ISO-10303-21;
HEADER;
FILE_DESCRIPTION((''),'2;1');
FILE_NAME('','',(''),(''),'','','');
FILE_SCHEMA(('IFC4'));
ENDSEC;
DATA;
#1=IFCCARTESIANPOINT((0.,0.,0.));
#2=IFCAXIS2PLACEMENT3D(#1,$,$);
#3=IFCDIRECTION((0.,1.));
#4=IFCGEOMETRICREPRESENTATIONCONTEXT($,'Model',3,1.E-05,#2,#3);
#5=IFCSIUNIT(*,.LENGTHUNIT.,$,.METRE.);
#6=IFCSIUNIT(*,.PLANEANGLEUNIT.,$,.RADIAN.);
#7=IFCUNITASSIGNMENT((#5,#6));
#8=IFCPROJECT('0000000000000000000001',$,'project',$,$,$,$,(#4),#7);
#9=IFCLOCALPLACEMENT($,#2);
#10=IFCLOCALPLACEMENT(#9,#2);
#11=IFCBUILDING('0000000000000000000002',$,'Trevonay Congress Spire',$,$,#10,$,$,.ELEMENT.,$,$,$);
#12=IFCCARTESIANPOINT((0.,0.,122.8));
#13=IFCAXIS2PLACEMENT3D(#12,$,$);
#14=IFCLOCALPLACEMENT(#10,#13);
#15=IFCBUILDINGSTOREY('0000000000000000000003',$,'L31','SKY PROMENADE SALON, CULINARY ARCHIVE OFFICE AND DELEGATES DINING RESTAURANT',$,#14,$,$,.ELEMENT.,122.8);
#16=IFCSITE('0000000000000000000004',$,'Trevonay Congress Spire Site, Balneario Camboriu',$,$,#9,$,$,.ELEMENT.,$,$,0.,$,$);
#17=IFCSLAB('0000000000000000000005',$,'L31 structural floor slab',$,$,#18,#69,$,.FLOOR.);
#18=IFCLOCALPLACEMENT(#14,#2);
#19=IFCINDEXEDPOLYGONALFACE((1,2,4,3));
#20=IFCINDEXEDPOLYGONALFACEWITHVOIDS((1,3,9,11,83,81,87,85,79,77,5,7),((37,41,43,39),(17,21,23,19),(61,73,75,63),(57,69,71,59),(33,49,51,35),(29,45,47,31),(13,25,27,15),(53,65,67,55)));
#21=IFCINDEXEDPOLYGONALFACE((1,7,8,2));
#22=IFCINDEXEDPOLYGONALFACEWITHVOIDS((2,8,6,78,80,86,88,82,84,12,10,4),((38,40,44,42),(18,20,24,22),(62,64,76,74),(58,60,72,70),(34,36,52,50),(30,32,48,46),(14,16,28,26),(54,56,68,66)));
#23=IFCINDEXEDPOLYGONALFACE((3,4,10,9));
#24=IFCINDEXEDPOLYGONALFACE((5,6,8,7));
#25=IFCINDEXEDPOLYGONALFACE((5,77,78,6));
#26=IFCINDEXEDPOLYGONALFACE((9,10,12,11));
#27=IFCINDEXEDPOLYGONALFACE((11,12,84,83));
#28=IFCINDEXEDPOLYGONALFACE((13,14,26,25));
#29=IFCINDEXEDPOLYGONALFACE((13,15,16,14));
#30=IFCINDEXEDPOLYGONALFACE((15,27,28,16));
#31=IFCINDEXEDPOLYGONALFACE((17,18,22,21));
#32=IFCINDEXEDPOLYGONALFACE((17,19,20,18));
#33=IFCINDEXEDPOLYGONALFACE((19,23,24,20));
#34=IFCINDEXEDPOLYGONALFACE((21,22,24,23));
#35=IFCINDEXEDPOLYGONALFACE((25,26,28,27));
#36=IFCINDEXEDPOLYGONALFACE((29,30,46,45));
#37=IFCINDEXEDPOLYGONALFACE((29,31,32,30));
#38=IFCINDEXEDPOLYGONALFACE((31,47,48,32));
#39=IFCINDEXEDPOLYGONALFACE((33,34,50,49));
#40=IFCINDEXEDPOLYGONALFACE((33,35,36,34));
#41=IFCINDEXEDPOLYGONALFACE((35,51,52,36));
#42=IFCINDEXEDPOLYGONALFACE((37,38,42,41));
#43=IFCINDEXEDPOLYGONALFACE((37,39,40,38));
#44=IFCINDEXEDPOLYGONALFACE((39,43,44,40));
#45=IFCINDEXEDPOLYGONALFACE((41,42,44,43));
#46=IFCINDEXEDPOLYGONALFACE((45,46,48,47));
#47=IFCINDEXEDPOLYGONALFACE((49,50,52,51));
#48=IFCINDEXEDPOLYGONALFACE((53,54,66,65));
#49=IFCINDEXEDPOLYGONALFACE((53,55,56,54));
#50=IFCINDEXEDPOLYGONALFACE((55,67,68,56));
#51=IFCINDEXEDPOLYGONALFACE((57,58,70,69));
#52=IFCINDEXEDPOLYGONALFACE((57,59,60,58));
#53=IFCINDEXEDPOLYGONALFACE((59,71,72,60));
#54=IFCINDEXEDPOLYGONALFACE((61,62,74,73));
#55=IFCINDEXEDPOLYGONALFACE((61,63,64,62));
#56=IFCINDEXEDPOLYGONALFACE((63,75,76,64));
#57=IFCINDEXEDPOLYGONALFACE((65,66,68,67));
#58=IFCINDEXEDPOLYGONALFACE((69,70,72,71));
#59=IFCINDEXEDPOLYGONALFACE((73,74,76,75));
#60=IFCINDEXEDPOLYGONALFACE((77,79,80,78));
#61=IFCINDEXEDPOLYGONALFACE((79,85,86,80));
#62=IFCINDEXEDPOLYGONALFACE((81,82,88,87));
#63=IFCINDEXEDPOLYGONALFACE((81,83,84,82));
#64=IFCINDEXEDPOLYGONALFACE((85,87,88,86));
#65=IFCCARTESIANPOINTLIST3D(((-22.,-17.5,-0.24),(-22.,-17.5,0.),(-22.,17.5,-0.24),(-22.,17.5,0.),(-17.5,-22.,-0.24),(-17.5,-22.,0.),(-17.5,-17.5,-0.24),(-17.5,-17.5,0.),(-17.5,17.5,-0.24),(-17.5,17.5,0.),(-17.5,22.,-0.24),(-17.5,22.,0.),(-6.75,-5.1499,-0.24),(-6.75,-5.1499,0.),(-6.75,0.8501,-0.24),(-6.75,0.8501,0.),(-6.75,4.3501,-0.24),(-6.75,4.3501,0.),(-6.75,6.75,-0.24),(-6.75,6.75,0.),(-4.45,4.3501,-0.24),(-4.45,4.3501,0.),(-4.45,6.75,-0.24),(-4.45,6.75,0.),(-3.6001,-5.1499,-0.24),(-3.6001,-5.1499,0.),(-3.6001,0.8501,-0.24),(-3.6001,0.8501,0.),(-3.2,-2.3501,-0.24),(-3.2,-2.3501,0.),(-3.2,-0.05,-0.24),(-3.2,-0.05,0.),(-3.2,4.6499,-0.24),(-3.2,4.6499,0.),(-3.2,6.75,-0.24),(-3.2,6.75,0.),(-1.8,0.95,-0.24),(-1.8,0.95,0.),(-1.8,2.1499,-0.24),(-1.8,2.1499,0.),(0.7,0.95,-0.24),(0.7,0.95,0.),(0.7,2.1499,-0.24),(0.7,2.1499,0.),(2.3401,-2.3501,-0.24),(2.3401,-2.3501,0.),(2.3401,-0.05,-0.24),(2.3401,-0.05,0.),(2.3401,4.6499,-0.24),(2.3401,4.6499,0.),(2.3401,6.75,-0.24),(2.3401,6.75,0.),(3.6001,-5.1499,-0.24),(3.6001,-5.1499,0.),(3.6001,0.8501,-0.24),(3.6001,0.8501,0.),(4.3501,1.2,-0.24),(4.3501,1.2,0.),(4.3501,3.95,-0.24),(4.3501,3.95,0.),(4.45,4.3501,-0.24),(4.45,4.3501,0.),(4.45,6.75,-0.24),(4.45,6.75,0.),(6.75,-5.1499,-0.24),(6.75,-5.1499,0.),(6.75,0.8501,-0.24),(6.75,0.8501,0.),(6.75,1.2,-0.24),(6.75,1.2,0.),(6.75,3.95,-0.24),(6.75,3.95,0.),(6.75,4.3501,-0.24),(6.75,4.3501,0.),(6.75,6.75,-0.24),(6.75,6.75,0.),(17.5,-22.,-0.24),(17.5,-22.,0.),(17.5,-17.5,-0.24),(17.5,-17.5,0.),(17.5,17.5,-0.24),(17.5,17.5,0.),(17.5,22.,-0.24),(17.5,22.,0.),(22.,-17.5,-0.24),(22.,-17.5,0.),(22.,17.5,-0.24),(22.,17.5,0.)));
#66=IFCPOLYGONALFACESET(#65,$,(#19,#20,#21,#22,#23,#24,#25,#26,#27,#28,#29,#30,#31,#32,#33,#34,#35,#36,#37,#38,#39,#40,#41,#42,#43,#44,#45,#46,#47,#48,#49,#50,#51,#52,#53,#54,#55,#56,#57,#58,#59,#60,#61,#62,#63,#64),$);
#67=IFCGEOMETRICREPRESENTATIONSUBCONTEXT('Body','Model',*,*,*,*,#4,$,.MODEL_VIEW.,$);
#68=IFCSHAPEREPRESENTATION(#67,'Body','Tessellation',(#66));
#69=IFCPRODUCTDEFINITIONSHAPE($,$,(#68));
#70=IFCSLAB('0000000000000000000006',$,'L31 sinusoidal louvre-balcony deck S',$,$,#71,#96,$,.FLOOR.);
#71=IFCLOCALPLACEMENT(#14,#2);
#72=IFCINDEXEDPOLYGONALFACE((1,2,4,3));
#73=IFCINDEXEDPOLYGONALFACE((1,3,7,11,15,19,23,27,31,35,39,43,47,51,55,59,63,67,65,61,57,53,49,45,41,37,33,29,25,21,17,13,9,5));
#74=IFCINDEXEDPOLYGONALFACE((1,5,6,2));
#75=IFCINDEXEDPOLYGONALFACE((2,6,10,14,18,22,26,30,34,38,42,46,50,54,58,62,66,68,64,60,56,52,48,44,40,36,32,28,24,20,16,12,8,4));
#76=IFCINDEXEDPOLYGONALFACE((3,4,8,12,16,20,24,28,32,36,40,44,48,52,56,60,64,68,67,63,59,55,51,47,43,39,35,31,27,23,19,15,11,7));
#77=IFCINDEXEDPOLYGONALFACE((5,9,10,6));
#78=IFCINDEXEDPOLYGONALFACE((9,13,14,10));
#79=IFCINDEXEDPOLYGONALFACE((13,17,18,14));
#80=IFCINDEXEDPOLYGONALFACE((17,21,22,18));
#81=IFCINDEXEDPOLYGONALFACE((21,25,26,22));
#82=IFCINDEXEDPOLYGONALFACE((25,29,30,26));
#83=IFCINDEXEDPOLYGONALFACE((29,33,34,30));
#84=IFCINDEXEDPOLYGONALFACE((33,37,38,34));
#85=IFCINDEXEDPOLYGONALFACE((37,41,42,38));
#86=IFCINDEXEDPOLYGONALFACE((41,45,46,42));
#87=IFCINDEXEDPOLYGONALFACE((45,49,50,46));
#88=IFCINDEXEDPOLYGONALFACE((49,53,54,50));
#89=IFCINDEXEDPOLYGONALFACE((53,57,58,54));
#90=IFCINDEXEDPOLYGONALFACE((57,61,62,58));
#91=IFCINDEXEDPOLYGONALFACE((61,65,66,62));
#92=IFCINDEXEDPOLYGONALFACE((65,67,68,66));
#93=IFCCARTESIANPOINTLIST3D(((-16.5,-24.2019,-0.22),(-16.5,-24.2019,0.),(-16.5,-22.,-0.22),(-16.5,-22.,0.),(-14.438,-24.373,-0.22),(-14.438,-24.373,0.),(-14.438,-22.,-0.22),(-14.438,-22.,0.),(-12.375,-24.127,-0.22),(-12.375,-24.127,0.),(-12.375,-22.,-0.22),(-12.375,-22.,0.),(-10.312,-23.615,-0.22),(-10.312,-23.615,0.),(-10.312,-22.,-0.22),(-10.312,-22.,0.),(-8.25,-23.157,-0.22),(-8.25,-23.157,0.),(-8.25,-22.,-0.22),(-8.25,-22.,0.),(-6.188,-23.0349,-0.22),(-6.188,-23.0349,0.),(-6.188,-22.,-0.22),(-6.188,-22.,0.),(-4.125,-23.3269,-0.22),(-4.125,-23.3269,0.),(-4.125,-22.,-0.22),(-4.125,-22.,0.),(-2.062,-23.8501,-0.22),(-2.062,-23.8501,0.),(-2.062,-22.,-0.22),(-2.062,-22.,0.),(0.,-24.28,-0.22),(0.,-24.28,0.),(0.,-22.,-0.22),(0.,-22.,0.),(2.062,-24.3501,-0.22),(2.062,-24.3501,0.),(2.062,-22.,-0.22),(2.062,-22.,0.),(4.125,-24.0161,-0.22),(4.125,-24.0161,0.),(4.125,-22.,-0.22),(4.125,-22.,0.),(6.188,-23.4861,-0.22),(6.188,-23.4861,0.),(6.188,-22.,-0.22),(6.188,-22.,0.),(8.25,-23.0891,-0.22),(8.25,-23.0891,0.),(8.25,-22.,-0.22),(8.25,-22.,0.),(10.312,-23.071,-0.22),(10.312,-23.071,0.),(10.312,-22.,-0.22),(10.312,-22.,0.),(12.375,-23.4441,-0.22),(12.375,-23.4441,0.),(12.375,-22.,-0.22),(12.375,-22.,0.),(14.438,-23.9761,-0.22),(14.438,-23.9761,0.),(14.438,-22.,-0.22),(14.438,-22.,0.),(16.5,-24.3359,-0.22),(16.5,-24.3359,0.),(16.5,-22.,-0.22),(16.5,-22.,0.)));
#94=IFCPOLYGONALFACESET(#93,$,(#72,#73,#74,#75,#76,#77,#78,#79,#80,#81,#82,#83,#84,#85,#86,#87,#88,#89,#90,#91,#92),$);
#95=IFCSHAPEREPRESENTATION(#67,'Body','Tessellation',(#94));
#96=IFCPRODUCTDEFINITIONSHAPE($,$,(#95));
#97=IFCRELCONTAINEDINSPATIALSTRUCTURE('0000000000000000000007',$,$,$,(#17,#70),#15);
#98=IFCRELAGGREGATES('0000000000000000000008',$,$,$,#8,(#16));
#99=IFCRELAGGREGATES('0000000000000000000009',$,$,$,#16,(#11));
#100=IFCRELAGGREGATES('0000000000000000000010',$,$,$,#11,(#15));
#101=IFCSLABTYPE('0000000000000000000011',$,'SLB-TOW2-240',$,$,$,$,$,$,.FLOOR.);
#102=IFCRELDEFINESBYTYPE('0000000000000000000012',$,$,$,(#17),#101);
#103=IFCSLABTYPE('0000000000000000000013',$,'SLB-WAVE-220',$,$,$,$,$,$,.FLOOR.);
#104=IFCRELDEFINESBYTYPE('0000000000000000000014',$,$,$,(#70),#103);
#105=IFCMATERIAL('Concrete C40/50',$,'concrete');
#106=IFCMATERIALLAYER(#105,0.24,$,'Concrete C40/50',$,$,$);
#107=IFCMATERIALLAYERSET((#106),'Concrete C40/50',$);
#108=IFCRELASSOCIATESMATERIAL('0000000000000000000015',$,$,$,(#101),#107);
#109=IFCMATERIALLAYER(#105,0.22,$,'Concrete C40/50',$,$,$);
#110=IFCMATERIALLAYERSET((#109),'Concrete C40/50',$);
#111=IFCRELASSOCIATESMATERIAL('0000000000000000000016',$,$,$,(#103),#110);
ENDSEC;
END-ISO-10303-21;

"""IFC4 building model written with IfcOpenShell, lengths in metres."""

from ifc_helpers import new_model, si_unit, direction, frame, origin, place, context, subcontext, project, spatial, polyline, outline, extrude, material, layer, layer_set, type_object, element, save


model = new_model("IFC4")

# Units and contexts
model_context = context("Model", 3, precision=1e-05, world=origin(), true_north=direction((0.0, 1.0)))
body_context = subcontext(model_context, "Body", "Model", "MODEL_VIEW")
ifc_project = project(units=[si_unit("LENGTHUNIT", "METRE"), si_unit("PLANEANGLEUNIT", "RADIAN")], contexts=[model_context])

# Site, building, storey
site_placement = place(None, origin())
site = spatial("IfcSite", under=ifc_project, at=site_placement, Name="Trevonay Congress Spire Site, Balneario Camboriu", CompositionType="ELEMENT", RefElevation=0.0)
building_placement = place(site_placement, origin())
building = spatial("IfcBuilding", under=site, at=building_placement, Name="Trevonay Congress Spire", CompositionType="ELEMENT")
storey_placement = place(building_placement, frame((0.0, 0.0, 122.8)))
storey = spatial("IfcBuildingStorey", under=building, at=storey_placement, Name="L31", Description="SKY PROMENADE SALON, CULINARY ARCHIVE OFFICE AND DELEGATES DINING RESTAURANT", CompositionType="ELEMENT", Elevation=122.8)

# Slabs
ifc_material_1 = material(Name="Concrete C40/50", Category="concrete")
ifc_layer_1 = layer(ifc_material_1, 0.24, Name="Concrete C40/50")
ifc_layer_set_1 = layer_set([ifc_layer_1], Name="Concrete C40/50")
slab_type_1 = type_object("IfcSlabType", Name="SLB-TOW2-240", PredefinedType="FLOOR", material=ifc_layer_set_1)
slab_1_placement = place(storey_placement, frame((0.0, 0.0, -0.24)))
element("IfcSlab", 1, at=slab_1_placement, inside=storey, type_object=slab_type_1, Name="L31 structural floor slab", PredefinedType="FLOOR", context=body_context, shape_type="SweptSolid", body=[
    extrude(outline(polyline([(-17.5, -22.0), (17.5, -22.0), (17.5, -17.5), (22.0, -17.5), (22.0, 17.5), (17.5, 17.5), (17.5, 22.0), (-17.5, 22.0), (-17.5, 17.5), (-22.0, 17.5), (-22.0, -17.5), (-17.5, -17.5), (-17.5, -22.0)]), holes=[polyline([(-3.6001, -5.1499), (-3.6001, 0.8501), (-6.75, 0.8501), (-6.75, -5.1499), (-3.6001, -5.1499)]), polyline([(6.75, -5.1499), (6.75, 0.8501), (3.6001, 0.8501), (3.6001, -5.1499), (6.75, -5.1499)]), polyline([(-3.2, -2.3501), (2.3401, -2.3501), (2.3401, -0.05), (-3.2, -0.05), (-3.2, -2.3501)]), polyline([(-3.2, 4.6499), (2.3401, 4.6499), (2.3401, 6.75), (-3.2, 6.75), (-3.2, 4.6499)]), polyline([(-6.75, 4.3501), (-4.45, 4.3501), (-4.45, 6.75), (-6.75, 6.75), (-6.75, 4.3501)]), polyline([(4.45, 4.3501), (6.75, 4.3501), (6.75, 6.75), (4.45, 6.75), (4.45, 4.3501)]), polyline([(4.3501, 1.2), (6.75, 1.2), (6.75, 3.95), (4.3501, 3.95), (4.3501, 1.2)]), polyline([(-1.8, 0.95), (0.7, 0.95), (0.7, 2.1499), (-1.8, 2.1499), (-1.8, 0.95)])]), origin(), (0.0, 0.0, 1.0), 0.24),
])
ifc_layer_2 = layer(ifc_material_1, 0.22, Name="Concrete C40/50")
ifc_layer_set_2 = layer_set([ifc_layer_2], Name="Concrete C40/50")
slab_type_2 = type_object("IfcSlabType", Name="SLB-WAVE-220", PredefinedType="FLOOR", material=ifc_layer_set_2)
slab_2_placement = place(storey_placement, frame((0.0, 0.0, -0.22)))
element("IfcSlab", 2, at=slab_2_placement, inside=storey, type_object=slab_type_2, Name="L31 sinusoidal louvre-balcony deck S", PredefinedType="FLOOR", context=body_context, shape_type="SweptSolid", body=[
    extrude(outline(polyline([(-16.5, -24.2019), (-14.438, -24.373), (-12.375, -24.127), (-10.312, -23.615), (-8.25, -23.157), (-6.188, -23.0349), (-4.125, -23.3269), (-2.062, -23.8501), (0.0, -24.28), (2.062, -24.3501), (4.125, -24.0161), (6.188, -23.4861), (8.25, -23.0891), (10.312, -23.071), (12.375, -23.4441), (14.438, -23.9761), (16.5, -24.3359), (16.5, -22.0), (14.438, -22.0), (12.375, -22.0), (10.312, -22.0), (8.25, -22.0), (6.188, -22.0), (4.125, -22.0), (2.062, -22.0), (0.0, -22.0), (-2.062, -22.0), (-4.125, -22.0), (-6.188, -22.0), (-8.25, -22.0), (-10.312, -22.0), (-12.375, -22.0), (-14.438, -22.0), (-16.5, -22.0), (-16.5, -24.2019)])), origin(), (0.0, 0.0, 1.0), 0.22),
])

save(model, "model.ifc")
